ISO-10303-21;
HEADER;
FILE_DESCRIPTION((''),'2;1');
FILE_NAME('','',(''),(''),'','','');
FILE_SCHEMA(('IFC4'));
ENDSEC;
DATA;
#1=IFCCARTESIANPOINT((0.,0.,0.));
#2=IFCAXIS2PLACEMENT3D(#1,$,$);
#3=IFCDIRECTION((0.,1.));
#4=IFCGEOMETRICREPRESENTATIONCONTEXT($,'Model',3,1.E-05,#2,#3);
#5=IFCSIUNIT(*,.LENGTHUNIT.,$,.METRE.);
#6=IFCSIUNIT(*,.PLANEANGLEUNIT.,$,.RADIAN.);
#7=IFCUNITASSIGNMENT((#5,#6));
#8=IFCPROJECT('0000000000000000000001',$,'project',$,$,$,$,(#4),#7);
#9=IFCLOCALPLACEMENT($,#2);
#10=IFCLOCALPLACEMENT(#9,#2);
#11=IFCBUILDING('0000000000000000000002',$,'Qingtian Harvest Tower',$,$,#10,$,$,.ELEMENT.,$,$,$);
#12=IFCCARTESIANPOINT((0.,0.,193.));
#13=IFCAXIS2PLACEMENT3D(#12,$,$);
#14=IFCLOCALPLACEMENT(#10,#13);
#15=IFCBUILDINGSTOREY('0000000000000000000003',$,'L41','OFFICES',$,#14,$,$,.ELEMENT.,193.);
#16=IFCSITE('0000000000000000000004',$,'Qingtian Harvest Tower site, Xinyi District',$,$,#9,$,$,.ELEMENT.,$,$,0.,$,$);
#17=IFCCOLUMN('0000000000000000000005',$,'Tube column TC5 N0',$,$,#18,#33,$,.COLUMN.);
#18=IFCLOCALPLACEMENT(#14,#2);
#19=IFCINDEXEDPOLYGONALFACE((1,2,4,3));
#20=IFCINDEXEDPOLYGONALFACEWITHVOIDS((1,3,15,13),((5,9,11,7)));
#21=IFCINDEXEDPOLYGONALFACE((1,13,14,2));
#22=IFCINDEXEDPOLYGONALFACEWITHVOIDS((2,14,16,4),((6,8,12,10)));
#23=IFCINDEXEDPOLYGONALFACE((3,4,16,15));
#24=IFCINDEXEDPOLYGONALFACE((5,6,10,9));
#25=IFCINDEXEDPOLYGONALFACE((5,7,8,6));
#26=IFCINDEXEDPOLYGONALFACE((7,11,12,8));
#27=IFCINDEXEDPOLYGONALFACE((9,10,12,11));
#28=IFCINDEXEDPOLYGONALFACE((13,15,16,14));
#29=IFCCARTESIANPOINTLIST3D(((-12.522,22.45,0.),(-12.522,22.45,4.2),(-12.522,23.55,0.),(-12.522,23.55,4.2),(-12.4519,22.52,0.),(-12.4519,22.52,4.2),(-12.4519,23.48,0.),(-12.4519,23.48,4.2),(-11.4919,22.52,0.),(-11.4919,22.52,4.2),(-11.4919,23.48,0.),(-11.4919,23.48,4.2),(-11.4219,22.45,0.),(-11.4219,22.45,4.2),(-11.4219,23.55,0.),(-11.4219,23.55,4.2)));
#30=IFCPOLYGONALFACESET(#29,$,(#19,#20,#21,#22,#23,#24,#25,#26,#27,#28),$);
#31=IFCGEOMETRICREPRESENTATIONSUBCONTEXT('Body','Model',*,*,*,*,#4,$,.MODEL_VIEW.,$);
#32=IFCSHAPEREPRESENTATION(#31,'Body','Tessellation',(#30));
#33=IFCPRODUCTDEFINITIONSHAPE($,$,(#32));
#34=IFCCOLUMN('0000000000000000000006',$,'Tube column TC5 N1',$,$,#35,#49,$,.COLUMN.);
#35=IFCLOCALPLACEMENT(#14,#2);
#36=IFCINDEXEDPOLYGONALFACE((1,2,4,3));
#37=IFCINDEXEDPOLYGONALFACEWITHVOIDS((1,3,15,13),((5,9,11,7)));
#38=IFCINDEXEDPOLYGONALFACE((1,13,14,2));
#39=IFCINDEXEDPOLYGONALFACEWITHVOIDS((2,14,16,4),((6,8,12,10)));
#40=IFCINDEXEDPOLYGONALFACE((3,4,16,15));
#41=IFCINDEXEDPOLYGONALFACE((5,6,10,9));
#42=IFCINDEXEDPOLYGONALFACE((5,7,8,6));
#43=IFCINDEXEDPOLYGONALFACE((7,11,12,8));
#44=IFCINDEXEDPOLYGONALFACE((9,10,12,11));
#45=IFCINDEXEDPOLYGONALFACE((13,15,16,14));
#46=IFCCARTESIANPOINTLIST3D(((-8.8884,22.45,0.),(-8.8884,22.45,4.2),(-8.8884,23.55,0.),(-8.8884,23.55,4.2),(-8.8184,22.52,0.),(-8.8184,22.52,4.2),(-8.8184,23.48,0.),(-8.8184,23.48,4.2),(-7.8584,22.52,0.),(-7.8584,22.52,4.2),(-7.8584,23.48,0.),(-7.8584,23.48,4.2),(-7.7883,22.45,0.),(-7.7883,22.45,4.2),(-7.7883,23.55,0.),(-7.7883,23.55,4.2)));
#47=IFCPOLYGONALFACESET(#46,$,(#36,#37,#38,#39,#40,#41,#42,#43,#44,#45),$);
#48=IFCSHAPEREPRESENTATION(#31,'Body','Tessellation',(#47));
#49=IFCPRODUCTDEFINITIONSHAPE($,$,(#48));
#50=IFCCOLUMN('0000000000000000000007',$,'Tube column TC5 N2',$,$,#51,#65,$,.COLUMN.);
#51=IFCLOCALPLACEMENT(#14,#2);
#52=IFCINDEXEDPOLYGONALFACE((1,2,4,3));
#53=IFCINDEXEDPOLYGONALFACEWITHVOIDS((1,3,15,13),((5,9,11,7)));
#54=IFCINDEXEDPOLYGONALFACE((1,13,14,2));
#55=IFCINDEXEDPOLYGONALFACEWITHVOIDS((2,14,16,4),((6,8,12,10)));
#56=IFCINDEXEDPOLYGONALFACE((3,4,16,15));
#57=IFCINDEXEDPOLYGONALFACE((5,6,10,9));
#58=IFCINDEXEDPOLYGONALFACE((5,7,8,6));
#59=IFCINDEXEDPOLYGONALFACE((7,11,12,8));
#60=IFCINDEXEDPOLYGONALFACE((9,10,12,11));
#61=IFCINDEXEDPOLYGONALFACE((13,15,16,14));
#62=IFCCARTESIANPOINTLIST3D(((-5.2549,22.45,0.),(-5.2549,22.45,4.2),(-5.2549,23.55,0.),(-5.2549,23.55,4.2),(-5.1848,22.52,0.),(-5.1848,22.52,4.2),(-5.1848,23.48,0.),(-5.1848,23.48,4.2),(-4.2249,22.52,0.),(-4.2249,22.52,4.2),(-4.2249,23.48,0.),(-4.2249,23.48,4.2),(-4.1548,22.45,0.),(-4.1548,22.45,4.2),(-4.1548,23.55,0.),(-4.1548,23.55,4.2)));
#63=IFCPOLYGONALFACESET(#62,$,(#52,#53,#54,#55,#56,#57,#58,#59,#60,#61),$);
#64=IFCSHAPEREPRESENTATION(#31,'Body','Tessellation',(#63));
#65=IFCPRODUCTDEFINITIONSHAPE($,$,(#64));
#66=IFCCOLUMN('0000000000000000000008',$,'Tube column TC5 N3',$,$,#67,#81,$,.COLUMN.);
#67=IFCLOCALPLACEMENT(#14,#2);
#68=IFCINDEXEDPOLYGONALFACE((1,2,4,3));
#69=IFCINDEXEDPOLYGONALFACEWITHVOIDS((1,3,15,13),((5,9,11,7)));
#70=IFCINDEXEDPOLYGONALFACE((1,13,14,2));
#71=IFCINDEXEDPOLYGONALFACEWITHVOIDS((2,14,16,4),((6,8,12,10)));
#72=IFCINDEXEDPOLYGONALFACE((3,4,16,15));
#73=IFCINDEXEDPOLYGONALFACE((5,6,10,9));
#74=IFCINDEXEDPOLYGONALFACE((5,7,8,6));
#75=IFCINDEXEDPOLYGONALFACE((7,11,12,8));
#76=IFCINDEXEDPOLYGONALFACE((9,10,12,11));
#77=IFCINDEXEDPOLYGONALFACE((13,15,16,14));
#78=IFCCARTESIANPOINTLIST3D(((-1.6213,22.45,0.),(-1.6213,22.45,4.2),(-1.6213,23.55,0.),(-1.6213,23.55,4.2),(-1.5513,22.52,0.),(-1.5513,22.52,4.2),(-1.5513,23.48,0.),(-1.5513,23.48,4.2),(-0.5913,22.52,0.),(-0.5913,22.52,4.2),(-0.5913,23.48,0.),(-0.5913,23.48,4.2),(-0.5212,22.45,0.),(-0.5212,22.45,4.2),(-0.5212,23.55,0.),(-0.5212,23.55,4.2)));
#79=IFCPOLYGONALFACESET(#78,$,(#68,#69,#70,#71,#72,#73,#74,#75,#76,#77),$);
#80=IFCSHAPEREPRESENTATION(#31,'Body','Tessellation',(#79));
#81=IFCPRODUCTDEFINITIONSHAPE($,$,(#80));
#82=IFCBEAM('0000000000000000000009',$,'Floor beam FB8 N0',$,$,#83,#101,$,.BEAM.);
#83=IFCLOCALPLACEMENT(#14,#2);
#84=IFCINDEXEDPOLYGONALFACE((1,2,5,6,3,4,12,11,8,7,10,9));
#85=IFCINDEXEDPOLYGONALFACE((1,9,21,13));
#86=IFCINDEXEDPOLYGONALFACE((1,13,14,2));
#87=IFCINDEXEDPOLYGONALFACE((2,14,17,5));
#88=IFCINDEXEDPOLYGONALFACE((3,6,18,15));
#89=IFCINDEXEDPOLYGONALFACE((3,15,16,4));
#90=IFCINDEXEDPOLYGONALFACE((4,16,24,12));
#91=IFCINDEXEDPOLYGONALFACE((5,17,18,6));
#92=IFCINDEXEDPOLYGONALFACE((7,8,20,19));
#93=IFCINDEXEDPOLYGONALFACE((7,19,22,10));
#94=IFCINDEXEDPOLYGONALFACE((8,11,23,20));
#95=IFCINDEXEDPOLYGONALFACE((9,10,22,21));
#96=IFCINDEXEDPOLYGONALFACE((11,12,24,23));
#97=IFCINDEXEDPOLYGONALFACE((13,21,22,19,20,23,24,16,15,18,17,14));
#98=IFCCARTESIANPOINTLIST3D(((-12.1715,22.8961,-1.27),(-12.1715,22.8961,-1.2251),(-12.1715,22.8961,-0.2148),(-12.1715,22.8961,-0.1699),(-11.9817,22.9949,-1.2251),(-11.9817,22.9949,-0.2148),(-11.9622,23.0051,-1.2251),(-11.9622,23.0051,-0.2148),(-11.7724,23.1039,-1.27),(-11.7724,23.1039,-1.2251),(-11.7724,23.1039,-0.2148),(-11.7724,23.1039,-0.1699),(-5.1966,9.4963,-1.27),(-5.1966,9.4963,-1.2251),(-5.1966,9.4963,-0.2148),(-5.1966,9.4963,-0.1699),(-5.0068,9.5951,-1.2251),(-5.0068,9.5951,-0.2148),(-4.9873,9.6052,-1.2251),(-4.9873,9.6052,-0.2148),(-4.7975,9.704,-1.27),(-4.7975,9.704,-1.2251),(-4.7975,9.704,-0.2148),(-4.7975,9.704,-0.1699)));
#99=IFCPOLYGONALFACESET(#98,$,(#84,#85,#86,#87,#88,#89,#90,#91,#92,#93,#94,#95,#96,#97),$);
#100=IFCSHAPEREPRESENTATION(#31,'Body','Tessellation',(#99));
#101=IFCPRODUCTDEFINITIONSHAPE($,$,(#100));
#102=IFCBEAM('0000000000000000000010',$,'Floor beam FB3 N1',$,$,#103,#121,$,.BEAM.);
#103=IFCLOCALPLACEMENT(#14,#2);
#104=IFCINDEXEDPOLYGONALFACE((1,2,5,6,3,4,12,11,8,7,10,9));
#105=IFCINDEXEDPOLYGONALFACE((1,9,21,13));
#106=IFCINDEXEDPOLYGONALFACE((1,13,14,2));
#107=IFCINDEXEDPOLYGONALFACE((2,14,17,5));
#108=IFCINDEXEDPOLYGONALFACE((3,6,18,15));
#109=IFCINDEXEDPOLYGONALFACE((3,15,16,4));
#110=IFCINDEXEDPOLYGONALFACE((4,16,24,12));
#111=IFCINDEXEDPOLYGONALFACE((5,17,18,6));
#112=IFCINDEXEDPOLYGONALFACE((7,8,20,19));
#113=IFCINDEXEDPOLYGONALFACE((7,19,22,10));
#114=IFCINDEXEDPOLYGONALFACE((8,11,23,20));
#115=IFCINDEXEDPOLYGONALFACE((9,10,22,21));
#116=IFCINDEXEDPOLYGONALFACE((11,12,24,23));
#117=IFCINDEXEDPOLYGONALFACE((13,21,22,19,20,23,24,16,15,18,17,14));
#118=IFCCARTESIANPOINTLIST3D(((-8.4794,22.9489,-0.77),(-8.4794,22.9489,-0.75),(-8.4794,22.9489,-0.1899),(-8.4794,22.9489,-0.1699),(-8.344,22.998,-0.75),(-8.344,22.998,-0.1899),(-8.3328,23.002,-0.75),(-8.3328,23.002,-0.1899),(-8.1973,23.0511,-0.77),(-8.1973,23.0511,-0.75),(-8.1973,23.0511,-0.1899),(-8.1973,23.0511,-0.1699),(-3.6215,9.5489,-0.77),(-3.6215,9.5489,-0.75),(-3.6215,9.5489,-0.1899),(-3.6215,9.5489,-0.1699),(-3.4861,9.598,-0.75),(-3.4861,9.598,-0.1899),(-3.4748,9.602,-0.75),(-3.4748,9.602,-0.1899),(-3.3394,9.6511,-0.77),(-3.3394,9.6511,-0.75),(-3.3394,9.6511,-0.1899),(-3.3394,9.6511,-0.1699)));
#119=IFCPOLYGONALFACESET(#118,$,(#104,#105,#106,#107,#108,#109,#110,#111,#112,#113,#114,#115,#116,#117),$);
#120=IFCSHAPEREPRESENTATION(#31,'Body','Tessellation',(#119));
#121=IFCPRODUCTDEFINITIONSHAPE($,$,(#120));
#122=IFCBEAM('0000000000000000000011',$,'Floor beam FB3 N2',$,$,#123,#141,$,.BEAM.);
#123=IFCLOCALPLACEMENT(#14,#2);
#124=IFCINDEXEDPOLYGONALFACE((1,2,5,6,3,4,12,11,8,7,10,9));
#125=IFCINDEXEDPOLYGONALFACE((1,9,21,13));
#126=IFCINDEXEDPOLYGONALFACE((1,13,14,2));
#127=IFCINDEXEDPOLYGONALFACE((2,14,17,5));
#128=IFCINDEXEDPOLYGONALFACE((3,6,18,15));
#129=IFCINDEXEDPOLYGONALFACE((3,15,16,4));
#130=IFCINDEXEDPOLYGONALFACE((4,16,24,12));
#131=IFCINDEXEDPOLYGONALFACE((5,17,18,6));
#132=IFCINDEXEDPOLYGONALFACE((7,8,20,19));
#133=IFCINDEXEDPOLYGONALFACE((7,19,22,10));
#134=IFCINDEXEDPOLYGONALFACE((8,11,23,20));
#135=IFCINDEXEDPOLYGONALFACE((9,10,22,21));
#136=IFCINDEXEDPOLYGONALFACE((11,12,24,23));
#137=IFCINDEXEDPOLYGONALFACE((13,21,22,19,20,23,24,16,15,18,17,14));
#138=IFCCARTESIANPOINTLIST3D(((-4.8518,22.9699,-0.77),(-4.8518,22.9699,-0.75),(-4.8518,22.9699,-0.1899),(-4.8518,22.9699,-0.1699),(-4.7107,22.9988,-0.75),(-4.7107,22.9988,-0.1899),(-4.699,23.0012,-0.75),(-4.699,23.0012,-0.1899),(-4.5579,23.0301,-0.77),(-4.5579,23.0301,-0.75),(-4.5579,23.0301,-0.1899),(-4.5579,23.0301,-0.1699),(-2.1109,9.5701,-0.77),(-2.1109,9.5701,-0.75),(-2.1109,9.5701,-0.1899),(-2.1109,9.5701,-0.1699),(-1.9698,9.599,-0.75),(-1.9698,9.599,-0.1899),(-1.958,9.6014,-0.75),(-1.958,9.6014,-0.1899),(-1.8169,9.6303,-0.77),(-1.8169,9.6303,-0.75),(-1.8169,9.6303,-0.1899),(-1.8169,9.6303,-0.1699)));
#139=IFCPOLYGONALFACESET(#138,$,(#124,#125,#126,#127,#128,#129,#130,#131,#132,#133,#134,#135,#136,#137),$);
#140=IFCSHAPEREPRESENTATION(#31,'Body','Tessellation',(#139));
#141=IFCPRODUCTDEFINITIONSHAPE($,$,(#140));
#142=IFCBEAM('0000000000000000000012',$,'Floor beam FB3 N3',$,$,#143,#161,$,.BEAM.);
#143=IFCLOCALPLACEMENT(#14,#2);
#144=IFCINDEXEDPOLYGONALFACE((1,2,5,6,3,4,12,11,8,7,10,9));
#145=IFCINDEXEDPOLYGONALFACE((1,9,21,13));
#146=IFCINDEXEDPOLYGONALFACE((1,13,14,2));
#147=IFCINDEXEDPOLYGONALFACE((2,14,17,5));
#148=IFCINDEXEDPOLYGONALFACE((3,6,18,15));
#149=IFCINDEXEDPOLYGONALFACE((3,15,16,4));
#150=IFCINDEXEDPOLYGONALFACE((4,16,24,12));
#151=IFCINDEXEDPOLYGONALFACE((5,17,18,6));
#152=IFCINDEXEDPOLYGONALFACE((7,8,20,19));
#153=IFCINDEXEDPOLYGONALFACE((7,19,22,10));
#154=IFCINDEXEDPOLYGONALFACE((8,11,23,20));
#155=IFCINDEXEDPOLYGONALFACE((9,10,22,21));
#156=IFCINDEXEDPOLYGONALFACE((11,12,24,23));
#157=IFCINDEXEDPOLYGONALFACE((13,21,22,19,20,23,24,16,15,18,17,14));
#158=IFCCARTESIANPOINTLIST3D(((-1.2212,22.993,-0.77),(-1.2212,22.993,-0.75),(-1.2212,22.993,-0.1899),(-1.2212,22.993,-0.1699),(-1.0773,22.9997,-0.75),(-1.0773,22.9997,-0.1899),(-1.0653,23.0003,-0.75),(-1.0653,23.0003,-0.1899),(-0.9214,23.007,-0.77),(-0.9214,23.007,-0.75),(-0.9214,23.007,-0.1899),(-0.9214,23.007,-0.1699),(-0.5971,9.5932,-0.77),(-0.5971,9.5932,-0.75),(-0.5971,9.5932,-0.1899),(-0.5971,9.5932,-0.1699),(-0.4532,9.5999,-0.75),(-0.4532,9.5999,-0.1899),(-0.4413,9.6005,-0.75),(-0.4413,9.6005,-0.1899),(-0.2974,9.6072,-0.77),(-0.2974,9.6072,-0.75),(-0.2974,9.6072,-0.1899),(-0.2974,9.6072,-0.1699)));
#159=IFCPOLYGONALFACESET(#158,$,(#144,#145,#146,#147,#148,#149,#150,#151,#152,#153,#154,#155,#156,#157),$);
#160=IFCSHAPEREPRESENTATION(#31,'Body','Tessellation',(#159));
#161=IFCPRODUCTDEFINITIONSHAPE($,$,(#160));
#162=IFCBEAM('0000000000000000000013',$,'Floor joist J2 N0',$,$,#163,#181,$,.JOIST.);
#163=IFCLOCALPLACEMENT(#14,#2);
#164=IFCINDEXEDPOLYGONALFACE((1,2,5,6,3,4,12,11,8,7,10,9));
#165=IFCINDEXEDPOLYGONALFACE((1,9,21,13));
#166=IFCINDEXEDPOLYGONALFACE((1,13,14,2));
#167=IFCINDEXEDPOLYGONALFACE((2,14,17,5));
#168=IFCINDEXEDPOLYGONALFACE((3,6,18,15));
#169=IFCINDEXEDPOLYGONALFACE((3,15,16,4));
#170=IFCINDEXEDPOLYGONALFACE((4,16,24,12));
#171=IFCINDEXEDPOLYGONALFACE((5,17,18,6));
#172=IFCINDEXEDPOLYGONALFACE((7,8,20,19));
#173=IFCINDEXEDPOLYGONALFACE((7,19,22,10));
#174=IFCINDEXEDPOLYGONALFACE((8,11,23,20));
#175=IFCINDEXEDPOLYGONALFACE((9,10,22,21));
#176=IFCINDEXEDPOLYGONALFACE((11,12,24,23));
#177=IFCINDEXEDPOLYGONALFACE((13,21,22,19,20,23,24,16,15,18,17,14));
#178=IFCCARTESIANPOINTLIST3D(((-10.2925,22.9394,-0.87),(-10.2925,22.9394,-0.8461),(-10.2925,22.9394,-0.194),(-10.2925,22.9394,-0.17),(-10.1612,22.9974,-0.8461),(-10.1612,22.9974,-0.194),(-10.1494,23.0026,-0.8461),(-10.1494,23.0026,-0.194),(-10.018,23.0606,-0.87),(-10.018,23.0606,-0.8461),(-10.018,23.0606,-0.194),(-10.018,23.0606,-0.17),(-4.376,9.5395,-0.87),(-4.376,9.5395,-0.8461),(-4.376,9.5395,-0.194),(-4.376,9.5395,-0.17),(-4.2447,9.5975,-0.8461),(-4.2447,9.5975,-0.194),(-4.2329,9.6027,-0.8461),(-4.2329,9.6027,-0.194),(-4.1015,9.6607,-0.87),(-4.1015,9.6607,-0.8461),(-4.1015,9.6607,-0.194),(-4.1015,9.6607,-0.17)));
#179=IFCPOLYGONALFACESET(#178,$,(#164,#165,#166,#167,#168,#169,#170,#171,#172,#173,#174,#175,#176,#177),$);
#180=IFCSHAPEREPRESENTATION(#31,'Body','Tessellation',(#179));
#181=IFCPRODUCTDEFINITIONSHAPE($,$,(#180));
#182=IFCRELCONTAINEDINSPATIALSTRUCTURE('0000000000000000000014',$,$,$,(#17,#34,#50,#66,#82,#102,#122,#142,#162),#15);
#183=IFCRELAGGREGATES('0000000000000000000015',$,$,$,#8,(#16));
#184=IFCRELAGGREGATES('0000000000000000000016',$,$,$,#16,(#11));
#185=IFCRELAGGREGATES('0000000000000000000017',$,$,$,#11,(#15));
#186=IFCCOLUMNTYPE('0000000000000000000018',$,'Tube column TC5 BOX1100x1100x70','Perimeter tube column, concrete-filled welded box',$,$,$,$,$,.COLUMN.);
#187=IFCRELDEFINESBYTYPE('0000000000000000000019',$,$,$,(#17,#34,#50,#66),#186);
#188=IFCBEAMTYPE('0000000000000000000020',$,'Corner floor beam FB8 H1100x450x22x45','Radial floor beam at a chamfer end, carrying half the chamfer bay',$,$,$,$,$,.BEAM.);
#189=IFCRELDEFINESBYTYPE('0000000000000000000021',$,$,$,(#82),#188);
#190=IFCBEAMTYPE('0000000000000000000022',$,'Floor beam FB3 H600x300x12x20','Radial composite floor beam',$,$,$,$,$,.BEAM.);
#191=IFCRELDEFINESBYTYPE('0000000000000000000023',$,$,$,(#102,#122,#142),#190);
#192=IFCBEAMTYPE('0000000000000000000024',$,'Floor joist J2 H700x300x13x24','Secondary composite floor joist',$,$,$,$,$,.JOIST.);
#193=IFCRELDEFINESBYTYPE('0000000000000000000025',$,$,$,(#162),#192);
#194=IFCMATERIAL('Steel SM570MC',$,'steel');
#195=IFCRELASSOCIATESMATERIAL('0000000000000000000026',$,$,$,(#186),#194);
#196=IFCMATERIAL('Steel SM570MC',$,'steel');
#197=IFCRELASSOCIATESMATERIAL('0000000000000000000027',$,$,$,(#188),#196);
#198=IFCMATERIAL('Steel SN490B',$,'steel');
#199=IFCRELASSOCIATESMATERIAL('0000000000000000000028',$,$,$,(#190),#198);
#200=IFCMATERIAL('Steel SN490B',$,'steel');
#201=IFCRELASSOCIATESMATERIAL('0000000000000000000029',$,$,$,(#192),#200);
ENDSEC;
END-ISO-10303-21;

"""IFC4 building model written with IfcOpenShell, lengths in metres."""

from ifc_helpers import new_model, si_unit, direction, frame, origin, origin_2d, place, context, subcontext, project, spatial, hollow_rectangle, i_section, extrude, material, material_profile, profile_set, type_object, element, save


model = new_model("IFC4")

# Units and contexts
model_context = context("Model", 3, precision=1e-05, world=origin(), true_north=direction((0.0, 1.0)))
body_context = subcontext(model_context, "Body", "Model", "MODEL_VIEW")
ifc_project = project(units=[si_unit("LENGTHUNIT", "METRE"), si_unit("PLANEANGLEUNIT", "RADIAN")], contexts=[model_context])

# Site, building, storey
site_placement = place(None, origin())
site = spatial("IfcSite", under=ifc_project, at=site_placement, Name="Qingtian Harvest Tower site, Xinyi District", CompositionType="ELEMENT", RefElevation=0.0)
building_placement = place(site_placement, origin())
building = spatial("IfcBuilding", under=site, at=building_placement, Name="Qingtian Harvest Tower", CompositionType="ELEMENT")
storey_placement = place(building_placement, frame((0.0, 0.0, 193.0)))
storey = spatial("IfcBuildingStorey", under=building, at=storey_placement, Name="L41", Description="OFFICES", CompositionType="ELEMENT", Elevation=193.0)

# Columns
ifc_material_1 = material(Name="Steel SM570MC", Category="steel")
ifc_material_profile_1 = material_profile(ifc_material_1, hollow_rectangle(XDim=1.1001, YDim=1.1001, WallThickness=0.0701, at=origin_2d()), Name="BOX1100x1100x70")
ifc_profile_set_1 = profile_set([ifc_material_profile_1], Name="Steel SM570MC")
column_type = type_object("IfcColumnType", Name="Tube column TC5 BOX1100x1100x70", Description="Perimeter tube column, concrete-filled welded box", PredefinedType="COLUMN", material=ifc_profile_set_1)
for number, where, z_axis, x_axis, name in (
    (1, (-11.9719, 23.0, 0.0), (0.0, 0.0, 1.0), (-1.0, 0.0, 0.0), "Tube column TC5 N0"),
    (2, (-8.3384, 23.0, 0.0), (0.0, 0.0, 1.0), (-1.0, 0.0, 0.0), "Tube column TC5 N1"),
    (3, (-4.7048, 23.0, 0.0), (0.0, 0.0, 1.0), (-1.0, 0.0, 0.0), "Tube column TC5 N2"),
    (4, (-1.0713, 23.0, 0.0), (0.0, 0.0, 1.0), (-1.0, 0.0, 0.0), "Tube column TC5 N3"),
):
    element("IfcColumn", number, at=place(storey_placement, frame(where, z_axis=z_axis, x_axis=x_axis)), inside=storey, type_object=column_type, Name=name, PredefinedType="COLUMN", context=body_context, shape_type="SweptSolid", body=[
        extrude(hollow_rectangle(XDim=1.1001, YDim=1.1001, WallThickness=0.0701, at=origin_2d()), origin(), (0.0, 0.0, 1.0), 4.2),
    ])

# Beams
ifc_material_2 = material(Name="Steel SM570MC", Category="steel")
ifc_material_profile_2 = material_profile(ifc_material_2, i_section(OverallWidth=0.45, OverallDepth=1.1001, WebThickness=0.022, FlangeThickness=0.0449, at=origin_2d()), Name="H1100x450x22x45")
ifc_profile_set_2 = profile_set([ifc_material_profile_2], Name="Steel SM570MC")
beam_type_1 = type_object("IfcBeamType", Name="Corner floor beam FB8 H1100x450x22x45", Description="Radial floor beam at a chamfer end, carrying half the chamfer bay", PredefinedType="BEAM", material=ifc_profile_set_2)
beam_1_placement = place(storey_placement, frame((-11.9719, 23.0, -0.72), z_axis=(0.461712, -0.88703, 0.0), x_axis=(0.88703, 0.461712, 0.0)))
element("IfcBeam", 5, at=beam_1_placement, inside=storey, type_object=beam_type_1, Name="Floor beam FB8 N0", PredefinedType="BEAM", context=body_context, shape_type="SweptSolid", body=[
    extrude(i_section(OverallWidth=0.45, OverallDepth=1.1001, WebThickness=0.022, FlangeThickness=0.0449, at=origin_2d()), origin(), (0.0, 0.0, 1.0), 15.1064),
])
ifc_material_3 = material(Name="Steel SN490B", Category="steel")
ifc_material_profile_3 = material_profile(ifc_material_3, i_section(OverallWidth=0.3, OverallDepth=0.6001, WebThickness=0.012, FlangeThickness=0.02, at=origin_2d()), Name="H600x300x12x20")
ifc_profile_set_3 = profile_set([ifc_material_profile_3], Name="Steel SN490B")
beam_type_2 = type_object("IfcBeamType", Name="Floor beam FB3 H600x300x12x20", Description="Radial composite floor beam", PredefinedType="BEAM", material=ifc_profile_set_3)
beam_2_placement = place(storey_placement, frame((-8.3384, 23.0, -0.47), z_axis=(0.340827, -0.940126, 0.0), x_axis=(0.940126, 0.340827, 0.0)))
element("IfcBeam", 6, at=beam_2_placement, inside=storey, type_object=beam_type_2, Name="Floor beam FB3 N1", PredefinedType="BEAM", context=body_context, shape_type="SweptSolid", body=[
    extrude(i_section(OverallWidth=0.3, OverallDepth=0.6001, WebThickness=0.012, FlangeThickness=0.02, at=origin_2d()), origin(), (0.0, 0.0, 1.0), 14.2534),
])
beam_3_placement = place(storey_placement, frame((-4.7048, 23.0, -0.47), z_axis=(0.200402, -0.979714, 0.0), x_axis=(0.979714, 0.200402, 0.0)))
element("IfcBeam", 7, at=beam_3_placement, inside=storey, type_object=beam_type_2, Name="Floor beam FB3 N2", PredefinedType="BEAM", context=body_context, shape_type="SweptSolid", body=[
    extrude(i_section(OverallWidth=0.3, OverallDepth=0.6001, WebThickness=0.012, FlangeThickness=0.02, at=origin_2d()), origin(), (0.0, 0.0, 1.0), 13.6772),
])
beam_4_placement = place(storey_placement, frame((-1.0713, 23.0, -0.47), z_axis=(0.046519, -0.998917, 0.0), x_axis=(0.998917, 0.046519, 0.0)))
element("IfcBeam", 8, at=beam_4_placement, inside=storey, type_object=beam_type_2, Name="Floor beam FB3 N3", PredefinedType="BEAM", context=body_context, shape_type="SweptSolid", body=[
    extrude(i_section(OverallWidth=0.3, OverallDepth=0.6001, WebThickness=0.012, FlangeThickness=0.02, at=origin_2d()), origin(), (0.0, 0.0, 1.0), 13.4143),
])
ifc_material_4 = material(Name="Steel SN490B", Category="steel")
ifc_material_profile_4 = material_profile(ifc_material_4, i_section(OverallWidth=0.3, OverallDepth=0.7, WebThickness=0.0129, FlangeThickness=0.0239, at=origin_2d()), Name="H700x300x13x24")
ifc_profile_set_4 = profile_set([ifc_material_profile_4], Name="Steel SN490B")
beam_type_3 = type_object("IfcBeamType", Name="Floor joist J2 H700x300x13x24", Description="Secondary composite floor joist", PredefinedType="JOIST", material=ifc_profile_set_4)
beam_5_placement = place(storey_placement, frame((-10.1553, 23.0, -0.52), z_axis=(0.403913, -0.914797, 0.0), x_axis=(0.914797, 0.403913, 0.0)))
element("IfcBeam", 9, at=beam_5_placement, inside=storey, type_object=beam_type_3, Name="Floor joist J2 N0", PredefinedType="JOIST", context=body_context, shape_type="SweptSolid", body=[
    extrude(i_section(OverallWidth=0.3, OverallDepth=0.7, WebThickness=0.0129, FlangeThickness=0.0239, at=origin_2d()), origin(), (0.0, 0.0, 1.0), 14.6479),
])

save(model, "model.ifc")
